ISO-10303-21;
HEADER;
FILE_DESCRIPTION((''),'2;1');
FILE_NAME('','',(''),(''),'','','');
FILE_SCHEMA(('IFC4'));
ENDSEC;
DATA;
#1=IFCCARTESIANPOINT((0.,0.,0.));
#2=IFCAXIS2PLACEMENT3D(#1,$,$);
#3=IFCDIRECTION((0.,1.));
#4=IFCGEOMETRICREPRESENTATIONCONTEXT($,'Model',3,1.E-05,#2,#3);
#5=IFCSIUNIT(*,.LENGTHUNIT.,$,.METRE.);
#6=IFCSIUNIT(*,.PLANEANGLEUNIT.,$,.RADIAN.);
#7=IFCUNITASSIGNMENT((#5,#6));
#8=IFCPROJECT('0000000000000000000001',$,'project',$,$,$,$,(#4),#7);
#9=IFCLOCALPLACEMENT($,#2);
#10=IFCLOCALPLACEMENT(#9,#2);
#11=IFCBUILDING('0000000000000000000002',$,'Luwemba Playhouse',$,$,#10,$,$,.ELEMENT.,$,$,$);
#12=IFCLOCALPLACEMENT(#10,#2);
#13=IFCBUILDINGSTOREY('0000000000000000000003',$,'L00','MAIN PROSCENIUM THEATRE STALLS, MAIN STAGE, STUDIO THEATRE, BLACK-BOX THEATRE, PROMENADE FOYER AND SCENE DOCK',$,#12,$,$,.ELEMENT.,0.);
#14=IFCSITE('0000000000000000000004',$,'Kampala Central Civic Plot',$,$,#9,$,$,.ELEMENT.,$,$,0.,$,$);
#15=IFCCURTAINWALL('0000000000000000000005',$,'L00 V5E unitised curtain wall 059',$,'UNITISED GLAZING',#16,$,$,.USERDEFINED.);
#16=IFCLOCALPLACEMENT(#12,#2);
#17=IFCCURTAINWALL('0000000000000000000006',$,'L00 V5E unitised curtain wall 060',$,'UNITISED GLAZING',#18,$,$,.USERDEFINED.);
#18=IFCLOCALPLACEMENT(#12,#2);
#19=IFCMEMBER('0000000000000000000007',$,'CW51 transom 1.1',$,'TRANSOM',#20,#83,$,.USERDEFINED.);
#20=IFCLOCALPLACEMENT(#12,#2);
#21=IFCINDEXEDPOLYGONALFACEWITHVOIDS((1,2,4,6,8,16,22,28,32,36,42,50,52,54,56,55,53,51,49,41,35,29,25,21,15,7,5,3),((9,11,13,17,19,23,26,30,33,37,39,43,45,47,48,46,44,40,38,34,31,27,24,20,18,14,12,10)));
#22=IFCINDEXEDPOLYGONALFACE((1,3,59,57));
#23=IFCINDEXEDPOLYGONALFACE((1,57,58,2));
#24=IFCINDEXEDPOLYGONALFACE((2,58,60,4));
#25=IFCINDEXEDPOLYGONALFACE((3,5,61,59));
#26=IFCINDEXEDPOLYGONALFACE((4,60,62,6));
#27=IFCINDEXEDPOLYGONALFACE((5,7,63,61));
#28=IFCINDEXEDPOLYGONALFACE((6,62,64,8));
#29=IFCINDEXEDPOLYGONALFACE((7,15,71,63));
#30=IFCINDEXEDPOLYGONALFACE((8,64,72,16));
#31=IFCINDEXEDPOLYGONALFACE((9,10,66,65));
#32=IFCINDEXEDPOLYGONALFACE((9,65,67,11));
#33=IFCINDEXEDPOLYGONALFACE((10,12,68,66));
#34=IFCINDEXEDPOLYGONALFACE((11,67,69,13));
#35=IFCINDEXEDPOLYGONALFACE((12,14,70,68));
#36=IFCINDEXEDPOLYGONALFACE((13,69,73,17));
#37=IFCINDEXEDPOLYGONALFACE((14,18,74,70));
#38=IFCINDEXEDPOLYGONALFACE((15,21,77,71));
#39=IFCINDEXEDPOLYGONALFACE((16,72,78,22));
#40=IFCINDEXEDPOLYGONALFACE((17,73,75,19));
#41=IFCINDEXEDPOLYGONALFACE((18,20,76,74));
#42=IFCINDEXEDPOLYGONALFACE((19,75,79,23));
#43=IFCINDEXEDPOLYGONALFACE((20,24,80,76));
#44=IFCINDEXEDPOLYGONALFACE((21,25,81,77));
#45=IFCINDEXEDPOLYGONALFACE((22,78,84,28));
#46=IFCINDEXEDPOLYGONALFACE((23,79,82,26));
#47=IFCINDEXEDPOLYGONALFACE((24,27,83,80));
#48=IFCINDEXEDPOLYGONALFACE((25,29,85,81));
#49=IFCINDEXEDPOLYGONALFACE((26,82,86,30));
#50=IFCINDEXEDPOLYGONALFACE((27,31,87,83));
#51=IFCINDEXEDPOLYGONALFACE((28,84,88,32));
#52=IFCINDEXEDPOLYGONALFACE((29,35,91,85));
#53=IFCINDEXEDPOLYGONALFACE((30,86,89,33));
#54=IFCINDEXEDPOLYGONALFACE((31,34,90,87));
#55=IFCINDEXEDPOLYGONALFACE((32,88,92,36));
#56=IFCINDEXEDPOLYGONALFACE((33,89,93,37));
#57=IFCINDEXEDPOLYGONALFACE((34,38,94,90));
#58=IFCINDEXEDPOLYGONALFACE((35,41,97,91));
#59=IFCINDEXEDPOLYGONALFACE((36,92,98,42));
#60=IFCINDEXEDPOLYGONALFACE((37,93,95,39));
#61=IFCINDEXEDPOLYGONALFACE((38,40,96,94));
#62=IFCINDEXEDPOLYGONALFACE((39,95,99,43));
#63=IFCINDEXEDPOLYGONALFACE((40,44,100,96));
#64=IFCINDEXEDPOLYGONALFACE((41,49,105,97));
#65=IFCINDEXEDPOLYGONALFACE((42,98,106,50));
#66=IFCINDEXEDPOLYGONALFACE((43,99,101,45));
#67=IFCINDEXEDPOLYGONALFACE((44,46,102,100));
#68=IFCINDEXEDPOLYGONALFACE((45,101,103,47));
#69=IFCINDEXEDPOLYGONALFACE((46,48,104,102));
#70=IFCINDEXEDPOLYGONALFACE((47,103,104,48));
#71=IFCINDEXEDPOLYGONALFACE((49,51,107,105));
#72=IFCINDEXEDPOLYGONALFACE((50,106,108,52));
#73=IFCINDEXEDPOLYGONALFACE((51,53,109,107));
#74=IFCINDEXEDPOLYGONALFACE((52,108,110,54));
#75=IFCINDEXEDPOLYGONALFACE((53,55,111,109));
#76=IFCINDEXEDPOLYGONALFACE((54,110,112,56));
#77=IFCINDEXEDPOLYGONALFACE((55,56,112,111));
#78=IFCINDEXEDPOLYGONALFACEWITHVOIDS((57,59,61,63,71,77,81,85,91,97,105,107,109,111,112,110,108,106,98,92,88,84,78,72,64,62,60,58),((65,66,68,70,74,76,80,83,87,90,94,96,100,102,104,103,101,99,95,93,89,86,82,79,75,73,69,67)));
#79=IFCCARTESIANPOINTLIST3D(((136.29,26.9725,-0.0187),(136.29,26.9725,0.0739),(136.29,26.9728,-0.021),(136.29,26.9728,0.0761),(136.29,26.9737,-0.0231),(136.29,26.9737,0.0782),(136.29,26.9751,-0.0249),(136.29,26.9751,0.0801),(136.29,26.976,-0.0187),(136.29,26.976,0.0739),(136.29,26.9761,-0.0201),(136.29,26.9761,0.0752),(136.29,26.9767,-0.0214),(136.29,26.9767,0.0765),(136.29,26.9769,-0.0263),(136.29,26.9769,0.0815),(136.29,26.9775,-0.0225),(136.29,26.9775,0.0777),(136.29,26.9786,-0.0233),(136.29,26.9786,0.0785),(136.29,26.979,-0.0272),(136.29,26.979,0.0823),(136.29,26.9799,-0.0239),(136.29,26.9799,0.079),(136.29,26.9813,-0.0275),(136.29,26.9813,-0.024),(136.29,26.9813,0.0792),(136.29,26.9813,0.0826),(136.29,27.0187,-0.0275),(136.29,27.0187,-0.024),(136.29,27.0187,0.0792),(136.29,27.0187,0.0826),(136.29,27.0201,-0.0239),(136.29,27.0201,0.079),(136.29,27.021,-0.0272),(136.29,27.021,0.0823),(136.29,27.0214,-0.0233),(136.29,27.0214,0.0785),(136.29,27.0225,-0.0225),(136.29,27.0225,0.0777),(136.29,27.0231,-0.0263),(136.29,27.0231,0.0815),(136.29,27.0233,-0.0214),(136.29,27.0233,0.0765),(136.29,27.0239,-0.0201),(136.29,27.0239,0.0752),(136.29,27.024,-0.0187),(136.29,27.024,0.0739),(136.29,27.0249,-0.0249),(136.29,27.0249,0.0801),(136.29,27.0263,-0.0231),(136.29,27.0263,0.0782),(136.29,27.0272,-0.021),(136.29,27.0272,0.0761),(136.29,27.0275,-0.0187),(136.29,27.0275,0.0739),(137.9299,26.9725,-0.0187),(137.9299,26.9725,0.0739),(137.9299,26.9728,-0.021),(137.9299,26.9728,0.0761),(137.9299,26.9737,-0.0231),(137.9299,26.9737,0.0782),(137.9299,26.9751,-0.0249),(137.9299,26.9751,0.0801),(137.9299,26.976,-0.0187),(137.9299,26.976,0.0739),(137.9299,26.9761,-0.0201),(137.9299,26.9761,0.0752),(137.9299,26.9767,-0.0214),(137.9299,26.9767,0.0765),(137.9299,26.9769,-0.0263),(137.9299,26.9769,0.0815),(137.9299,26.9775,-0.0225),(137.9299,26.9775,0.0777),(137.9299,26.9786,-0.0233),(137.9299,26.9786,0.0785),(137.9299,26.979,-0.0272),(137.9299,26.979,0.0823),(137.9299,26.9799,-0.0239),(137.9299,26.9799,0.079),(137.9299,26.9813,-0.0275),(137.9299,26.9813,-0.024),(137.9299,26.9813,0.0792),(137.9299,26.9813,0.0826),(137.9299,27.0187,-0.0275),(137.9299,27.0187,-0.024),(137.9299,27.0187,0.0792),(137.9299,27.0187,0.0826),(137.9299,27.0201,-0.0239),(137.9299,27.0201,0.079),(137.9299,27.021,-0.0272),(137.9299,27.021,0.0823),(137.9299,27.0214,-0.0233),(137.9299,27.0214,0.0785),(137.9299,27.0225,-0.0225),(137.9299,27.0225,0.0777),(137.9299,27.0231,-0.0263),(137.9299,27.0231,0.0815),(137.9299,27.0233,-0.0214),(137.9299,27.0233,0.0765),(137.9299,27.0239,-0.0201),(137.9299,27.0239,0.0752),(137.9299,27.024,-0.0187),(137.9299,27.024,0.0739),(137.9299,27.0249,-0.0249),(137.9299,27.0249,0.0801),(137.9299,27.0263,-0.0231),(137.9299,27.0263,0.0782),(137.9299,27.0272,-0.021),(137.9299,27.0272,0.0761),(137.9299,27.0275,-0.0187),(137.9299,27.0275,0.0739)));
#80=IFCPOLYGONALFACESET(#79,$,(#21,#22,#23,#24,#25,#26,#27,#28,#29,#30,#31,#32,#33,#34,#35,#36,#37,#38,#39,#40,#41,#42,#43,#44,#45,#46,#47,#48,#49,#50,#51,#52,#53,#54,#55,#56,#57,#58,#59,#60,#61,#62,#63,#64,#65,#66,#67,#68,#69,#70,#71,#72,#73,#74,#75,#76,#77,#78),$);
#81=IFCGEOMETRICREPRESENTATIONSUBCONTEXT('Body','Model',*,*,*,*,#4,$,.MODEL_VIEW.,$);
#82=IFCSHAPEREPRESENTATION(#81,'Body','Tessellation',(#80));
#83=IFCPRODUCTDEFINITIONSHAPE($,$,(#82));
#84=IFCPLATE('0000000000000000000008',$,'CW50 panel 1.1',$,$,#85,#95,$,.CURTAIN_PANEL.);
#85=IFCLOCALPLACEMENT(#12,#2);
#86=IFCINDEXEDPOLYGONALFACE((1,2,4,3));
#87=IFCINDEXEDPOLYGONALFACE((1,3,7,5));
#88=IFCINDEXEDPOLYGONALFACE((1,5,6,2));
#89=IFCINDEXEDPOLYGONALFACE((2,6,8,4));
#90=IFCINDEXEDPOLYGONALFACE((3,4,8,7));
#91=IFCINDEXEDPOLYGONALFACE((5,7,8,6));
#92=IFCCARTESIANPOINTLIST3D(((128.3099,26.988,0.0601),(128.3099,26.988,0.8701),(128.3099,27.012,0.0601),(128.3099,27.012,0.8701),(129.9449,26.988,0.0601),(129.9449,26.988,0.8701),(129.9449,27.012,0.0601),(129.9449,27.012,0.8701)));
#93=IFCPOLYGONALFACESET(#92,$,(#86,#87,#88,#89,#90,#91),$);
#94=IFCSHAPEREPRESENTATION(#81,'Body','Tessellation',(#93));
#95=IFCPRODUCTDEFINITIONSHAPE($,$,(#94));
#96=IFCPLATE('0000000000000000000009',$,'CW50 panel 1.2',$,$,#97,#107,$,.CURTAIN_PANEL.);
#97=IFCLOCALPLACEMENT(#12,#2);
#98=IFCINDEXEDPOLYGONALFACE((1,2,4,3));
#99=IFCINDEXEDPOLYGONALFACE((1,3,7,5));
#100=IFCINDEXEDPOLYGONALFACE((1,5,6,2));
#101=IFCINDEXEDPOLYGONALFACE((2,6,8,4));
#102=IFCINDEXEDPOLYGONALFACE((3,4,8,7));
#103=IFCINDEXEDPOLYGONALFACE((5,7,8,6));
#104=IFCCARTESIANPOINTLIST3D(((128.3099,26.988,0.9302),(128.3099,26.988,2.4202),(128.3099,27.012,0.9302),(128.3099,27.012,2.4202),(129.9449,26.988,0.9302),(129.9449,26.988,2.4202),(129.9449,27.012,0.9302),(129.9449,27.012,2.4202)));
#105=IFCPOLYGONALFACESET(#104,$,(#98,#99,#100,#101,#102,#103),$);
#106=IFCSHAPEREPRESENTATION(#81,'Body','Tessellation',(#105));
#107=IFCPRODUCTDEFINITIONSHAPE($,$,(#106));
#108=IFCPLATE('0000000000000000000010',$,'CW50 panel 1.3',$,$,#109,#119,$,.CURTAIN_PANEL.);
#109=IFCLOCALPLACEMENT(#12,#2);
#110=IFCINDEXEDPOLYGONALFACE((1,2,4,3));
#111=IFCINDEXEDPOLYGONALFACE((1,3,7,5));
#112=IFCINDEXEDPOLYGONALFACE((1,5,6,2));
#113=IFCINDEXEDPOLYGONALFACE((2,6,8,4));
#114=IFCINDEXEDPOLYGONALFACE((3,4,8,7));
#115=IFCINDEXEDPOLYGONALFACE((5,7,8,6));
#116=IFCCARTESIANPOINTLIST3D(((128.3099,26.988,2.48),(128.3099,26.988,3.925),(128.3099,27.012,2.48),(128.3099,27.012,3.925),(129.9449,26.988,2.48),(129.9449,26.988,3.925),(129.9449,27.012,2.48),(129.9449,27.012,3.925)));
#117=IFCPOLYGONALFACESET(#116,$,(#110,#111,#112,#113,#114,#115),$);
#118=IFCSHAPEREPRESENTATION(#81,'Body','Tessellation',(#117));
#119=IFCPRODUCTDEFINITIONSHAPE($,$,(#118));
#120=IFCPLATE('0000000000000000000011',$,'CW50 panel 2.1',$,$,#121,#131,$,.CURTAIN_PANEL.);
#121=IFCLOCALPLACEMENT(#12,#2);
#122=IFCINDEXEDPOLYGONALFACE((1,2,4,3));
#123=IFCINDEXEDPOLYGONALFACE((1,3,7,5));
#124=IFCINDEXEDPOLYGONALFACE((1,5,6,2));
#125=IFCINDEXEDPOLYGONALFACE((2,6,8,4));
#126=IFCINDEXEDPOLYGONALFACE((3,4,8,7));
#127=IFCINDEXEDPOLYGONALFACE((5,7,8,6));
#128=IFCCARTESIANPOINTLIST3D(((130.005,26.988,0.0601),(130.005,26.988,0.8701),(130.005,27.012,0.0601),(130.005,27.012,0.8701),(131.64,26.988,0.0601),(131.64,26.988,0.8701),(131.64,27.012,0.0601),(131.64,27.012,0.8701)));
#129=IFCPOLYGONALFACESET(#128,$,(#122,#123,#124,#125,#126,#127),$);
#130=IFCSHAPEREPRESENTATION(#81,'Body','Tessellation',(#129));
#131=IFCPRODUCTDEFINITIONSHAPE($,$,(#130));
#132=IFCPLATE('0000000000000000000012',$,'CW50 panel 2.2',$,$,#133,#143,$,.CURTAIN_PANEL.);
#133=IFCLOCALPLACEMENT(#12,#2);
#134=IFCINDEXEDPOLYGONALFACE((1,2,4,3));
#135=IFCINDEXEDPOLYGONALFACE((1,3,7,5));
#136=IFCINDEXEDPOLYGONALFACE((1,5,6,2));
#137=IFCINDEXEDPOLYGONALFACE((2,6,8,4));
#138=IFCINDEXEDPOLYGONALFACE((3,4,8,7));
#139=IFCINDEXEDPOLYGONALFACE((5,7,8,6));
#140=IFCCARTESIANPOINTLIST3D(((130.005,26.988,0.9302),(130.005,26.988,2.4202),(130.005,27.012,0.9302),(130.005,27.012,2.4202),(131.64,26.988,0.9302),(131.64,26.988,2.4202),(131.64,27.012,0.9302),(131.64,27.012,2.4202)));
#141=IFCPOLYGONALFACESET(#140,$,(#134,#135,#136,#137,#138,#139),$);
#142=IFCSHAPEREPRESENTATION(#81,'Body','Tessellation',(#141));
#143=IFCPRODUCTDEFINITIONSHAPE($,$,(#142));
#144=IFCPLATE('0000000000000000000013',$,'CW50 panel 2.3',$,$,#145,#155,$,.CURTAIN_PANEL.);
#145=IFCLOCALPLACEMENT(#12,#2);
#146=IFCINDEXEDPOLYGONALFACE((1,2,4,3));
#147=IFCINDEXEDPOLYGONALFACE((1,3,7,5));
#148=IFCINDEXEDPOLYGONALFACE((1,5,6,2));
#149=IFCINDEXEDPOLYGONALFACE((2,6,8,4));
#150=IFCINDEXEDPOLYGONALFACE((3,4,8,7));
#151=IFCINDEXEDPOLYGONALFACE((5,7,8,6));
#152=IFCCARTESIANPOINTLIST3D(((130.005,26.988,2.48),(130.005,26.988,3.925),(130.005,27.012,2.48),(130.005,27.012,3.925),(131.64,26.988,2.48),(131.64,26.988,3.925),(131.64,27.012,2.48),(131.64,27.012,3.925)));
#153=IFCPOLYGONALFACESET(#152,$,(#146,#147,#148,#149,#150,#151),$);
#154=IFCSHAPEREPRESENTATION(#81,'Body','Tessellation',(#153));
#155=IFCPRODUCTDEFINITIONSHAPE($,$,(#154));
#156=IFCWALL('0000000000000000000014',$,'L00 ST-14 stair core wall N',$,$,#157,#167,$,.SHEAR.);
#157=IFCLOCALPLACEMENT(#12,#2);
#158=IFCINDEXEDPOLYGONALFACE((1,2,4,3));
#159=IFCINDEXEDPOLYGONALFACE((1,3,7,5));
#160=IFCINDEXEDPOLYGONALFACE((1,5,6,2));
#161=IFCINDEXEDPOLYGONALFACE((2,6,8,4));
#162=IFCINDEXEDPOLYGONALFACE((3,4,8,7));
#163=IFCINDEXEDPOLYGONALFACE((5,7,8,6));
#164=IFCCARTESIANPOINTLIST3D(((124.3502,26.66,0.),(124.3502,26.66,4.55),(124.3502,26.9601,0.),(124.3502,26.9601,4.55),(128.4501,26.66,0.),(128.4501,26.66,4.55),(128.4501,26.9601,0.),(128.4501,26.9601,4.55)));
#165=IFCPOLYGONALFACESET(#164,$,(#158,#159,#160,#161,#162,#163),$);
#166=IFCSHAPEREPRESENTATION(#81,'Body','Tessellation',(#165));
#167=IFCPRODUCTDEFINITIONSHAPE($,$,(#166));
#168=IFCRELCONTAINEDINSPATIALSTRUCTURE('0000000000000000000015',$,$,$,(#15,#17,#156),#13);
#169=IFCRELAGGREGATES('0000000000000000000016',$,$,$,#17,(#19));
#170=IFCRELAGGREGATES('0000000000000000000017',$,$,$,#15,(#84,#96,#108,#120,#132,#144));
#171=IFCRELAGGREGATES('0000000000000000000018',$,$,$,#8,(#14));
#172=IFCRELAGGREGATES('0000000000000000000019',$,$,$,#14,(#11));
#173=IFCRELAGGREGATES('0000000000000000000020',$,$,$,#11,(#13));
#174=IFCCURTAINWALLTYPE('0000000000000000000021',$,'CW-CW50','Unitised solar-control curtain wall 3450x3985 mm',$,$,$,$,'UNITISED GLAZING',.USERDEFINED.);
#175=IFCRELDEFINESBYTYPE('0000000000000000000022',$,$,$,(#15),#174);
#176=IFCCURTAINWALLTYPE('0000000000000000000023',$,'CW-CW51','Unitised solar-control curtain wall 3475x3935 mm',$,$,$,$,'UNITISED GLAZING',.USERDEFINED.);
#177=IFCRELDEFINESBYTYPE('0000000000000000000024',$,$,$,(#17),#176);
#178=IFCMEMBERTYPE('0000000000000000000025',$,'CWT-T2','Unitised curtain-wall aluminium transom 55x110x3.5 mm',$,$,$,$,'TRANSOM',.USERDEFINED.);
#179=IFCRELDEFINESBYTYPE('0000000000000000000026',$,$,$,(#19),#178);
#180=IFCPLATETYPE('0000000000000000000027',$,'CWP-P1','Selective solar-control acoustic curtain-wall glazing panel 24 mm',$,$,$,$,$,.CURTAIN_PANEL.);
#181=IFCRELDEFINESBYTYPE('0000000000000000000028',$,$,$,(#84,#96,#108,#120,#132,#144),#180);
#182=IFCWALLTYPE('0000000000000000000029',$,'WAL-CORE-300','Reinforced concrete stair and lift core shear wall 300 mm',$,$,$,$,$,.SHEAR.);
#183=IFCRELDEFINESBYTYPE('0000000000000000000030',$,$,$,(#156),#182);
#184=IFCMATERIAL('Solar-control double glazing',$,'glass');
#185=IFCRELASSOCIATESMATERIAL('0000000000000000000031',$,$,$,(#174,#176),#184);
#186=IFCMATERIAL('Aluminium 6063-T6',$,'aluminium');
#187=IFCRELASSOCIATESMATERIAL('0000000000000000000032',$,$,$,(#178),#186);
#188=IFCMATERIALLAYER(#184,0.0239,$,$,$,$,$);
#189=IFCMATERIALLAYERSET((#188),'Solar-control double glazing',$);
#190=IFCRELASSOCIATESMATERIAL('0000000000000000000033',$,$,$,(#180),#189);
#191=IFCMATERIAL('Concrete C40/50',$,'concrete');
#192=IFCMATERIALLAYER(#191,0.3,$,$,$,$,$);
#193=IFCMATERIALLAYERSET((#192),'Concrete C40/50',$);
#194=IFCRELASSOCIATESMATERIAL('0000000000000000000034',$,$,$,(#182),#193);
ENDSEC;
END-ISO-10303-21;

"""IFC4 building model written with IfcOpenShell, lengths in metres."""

from ifc_helpers import new_model, si_unit, direction, frame, frame_2d, origin, origin_2d, place, context, subcontext, project, spatial, rectangle, hollow_rectangle, extrude, material, layer, layer_set, material_profile, profile_set, type_object, element, aggregate, save


model = new_model("IFC4")

# Units and contexts
model_context = context("Model", 3, precision=1e-05, world=origin(), true_north=direction((0.0, 1.0)))
body_context = subcontext(model_context, "Body", "Model", "MODEL_VIEW")
ifc_project = project(units=[si_unit("LENGTHUNIT", "METRE"), si_unit("PLANEANGLEUNIT", "RADIAN")], contexts=[model_context])

# Site, building, storey
site_placement = place(None, origin())
site = spatial("IfcSite", under=ifc_project, at=site_placement, Name="Kampala Central Civic Plot", CompositionType="ELEMENT", RefElevation=0.0)
building_placement = place(site_placement, origin())
building = spatial("IfcBuilding", under=site, at=building_placement, Name="Luwemba Playhouse", CompositionType="ELEMENT")
storey_placement = place(building_placement, origin())
storey = spatial("IfcBuildingStorey", under=building, at=storey_placement, Name="L00", Description="MAIN PROSCENIUM THEATRE STALLS, MAIN STAGE, STUDIO THEATRE, BLACK-BOX THEATRE, PROMENADE FOYER AND SCENE DOCK", CompositionType="ELEMENT", Elevation=0.0)

# Shared definitions
ifc_material_1 = material(Name="Concrete C40/50", Category="concrete")

# Curtain wall
ifc_material_2 = material(Name="Solar-control double glazing", Category="glass")
curtain_wall_type_1 = type_object("IfcCurtainWallType", Name="CW-CW50", Description="Unitised solar-control curtain wall 3450x3985 mm", ElementType="UNITISED GLAZING", PredefinedType="USERDEFINED", material=ifc_material_2)
curtain_wall_1_placement = place(storey_placement, origin())
curtain_wall_1 = element("IfcCurtainWall", 1, at=curtain_wall_1_placement, inside=storey, type_object=curtain_wall_type_1, Name="L00 V5E unitised curtain wall 059", ObjectType="UNITISED GLAZING", PredefinedType="USERDEFINED")
ifc_material_3 = material(Name="Aluminium 6063-T6", Category="aluminium")

# Curtain wall
curtain_wall_type_2 = type_object("IfcCurtainWallType", Name="CW-CW51", Description="Unitised solar-control curtain wall 3475x3935 mm", ElementType="UNITISED GLAZING", PredefinedType="USERDEFINED", material=ifc_material_2)
curtain_wall_2_placement = place(storey_placement, origin())
curtain_wall_2 = element("IfcCurtainWall", 2, at=curtain_wall_2_placement, inside=storey, type_object=curtain_wall_type_2, Name="L00 V5E unitised curtain wall 060", ObjectType="UNITISED GLAZING", PredefinedType="USERDEFINED")

# Member
ifc_material_profile_1 = material_profile(ifc_material_3, hollow_rectangle(XDim=0.0549, YDim=0.1101, WallThickness=0.0034, InnerFilletRadius=0.0054, OuterFilletRadius=0.0088, at=origin_2d()))
ifc_profile_set_1 = profile_set([ifc_material_profile_1], Name="Aluminium 6063-T6")
member_type_1 = type_object("IfcMemberType", Name="CWT-T2", Description="Unitised curtain-wall aluminium transom 55x110x3.5 mm", ElementType="TRANSOM", PredefinedType="USERDEFINED", material=ifc_profile_set_1)
member_1_placement = place(storey_placement, frame((136.29, 27.0, 0.0276), z_axis=(1.0, 0.0, 0.0), x_axis=(0.0, 1.0, 0.0)))
member_1 = element("IfcMember", 3, at=member_1_placement, type_object=member_type_1, Name="CW51 transom 1.1", ObjectType="TRANSOM", PredefinedType="USERDEFINED", context=body_context, shape_type="SweptSolid", body=[
    extrude(hollow_rectangle(XDim=0.0549, YDim=0.1101, WallThickness=0.0034, InnerFilletRadius=0.0054, OuterFilletRadius=0.0088, at=origin_2d()), origin(), (0.0, 0.0, 1.0), 1.6399),
])
aggregate(curtain_wall_2, [member_1])

# Plates
ifc_layer_1 = layer(ifc_material_2, 0.0239)
ifc_layer_set_1 = layer_set([ifc_layer_1], Name="Solar-control double glazing")
plate_type = type_object("IfcPlateType", Name="CWP-P1", Description="Selective solar-control acoustic curtain-wall glazing panel 24 mm", PredefinedType="CURTAIN_PANEL", material=ifc_layer_set_1)
plate_1_placement = place(storey_placement, frame((129.1274, 27.0, 0.0601), z_axis=(0.0, 0.0, 1.0), x_axis=(1.0, 0.0, 0.0)))
plate_1 = element("IfcPlate", 4, at=plate_1_placement, type_object=plate_type, Name="CW50 panel 1.1", PredefinedType="CURTAIN_PANEL", context=body_context, shape_type="SweptSolid", body=[
    extrude(rectangle(XDim=1.635, YDim=0.0239, at=origin_2d()), origin(), (0.0, 0.0, 1.0), 0.8101),
])
plate_2_placement = place(storey_placement, frame((129.1274, 27.0, 0.9302), z_axis=(0.0, 0.0, 1.0), x_axis=(1.0, 0.0, 0.0)))
plate_2 = element("IfcPlate", 5, at=plate_2_placement, type_object=plate_type, Name="CW50 panel 1.2", PredefinedType="CURTAIN_PANEL", context=body_context, shape_type="SweptSolid", body=[
    extrude(rectangle(XDim=1.635, YDim=0.0239, at=origin_2d()), origin(), (0.0, 0.0, 1.0), 1.49),
])
plate_3_placement = place(storey_placement, frame((129.1274, 27.0, 2.48), z_axis=(0.0, 0.0, 1.0), x_axis=(1.0, 0.0, 0.0)))
plate_3 = element("IfcPlate", 6, at=plate_3_placement, type_object=plate_type, Name="CW50 panel 1.3", PredefinedType="CURTAIN_PANEL", context=body_context, shape_type="SweptSolid", body=[
    extrude(rectangle(XDim=1.635, YDim=0.0239, at=origin_2d()), origin(), (0.0, 0.0, 1.0), 1.4451),
])
plate_4_placement = place(storey_placement, frame((130.8225, 27.0, 0.0601), z_axis=(0.0, 0.0, 1.0), x_axis=(1.0, 0.0, 0.0)))
plate_4 = element("IfcPlate", 7, at=plate_4_placement, type_object=plate_type, Name="CW50 panel 2.1", PredefinedType="CURTAIN_PANEL", context=body_context, shape_type="SweptSolid", body=[
    extrude(rectangle(XDim=1.635, YDim=0.0239, at=origin_2d()), origin(), (0.0, 0.0, 1.0), 0.8101),
])
plate_5_placement = place(storey_placement, frame((130.8225, 27.0, 0.9302), z_axis=(0.0, 0.0, 1.0), x_axis=(1.0, 0.0, 0.0)))
plate_5 = element("IfcPlate", 8, at=plate_5_placement, type_object=plate_type, Name="CW50 panel 2.2", PredefinedType="CURTAIN_PANEL", context=body_context, shape_type="SweptSolid", body=[
    extrude(rectangle(XDim=1.635, YDim=0.0239, at=origin_2d()), origin(), (0.0, 0.0, 1.0), 1.49),
])
plate_6_placement = place(storey_placement, frame((130.8225, 27.0, 2.48), z_axis=(0.0, 0.0, 1.0), x_axis=(1.0, 0.0, 0.0)))
plate_6 = element("IfcPlate", 9, at=plate_6_placement, type_object=plate_type, Name="CW50 panel 2.3", PredefinedType="CURTAIN_PANEL", context=body_context, shape_type="SweptSolid", body=[
    extrude(rectangle(XDim=1.635, YDim=0.0239, at=origin_2d()), origin(), (0.0, 0.0, 1.0), 1.4451),
])
aggregate(curtain_wall_1, [plate_1, plate_2, plate_3, plate_4, plate_5, plate_6])

# Wall
ifc_layer_2 = layer(ifc_material_1, 0.3)
ifc_layer_set_2 = layer_set([ifc_layer_2], Name="Concrete C40/50")
wall_type_1 = type_object("IfcWallType", Name="WAL-CORE-300", Description="Reinforced concrete stair and lift core shear wall 300 mm", PredefinedType="SHEAR", material=ifc_layer_set_2)
wall_1_placement = place(storey_placement, frame((128.45, 26.8101, 0.0), z_axis=(0.0, 0.0, 1.0), x_axis=(-1.0, 0.0, 0.0)))
element("IfcWall", 10, at=wall_1_placement, inside=storey, type_object=wall_type_1, Name="L00 ST-14 stair core wall N", PredefinedType="SHEAR", context=body_context, shape_type="SweptSolid", body=[
    extrude(rectangle(XDim=4.0999, YDim=0.3, at=frame_2d((2.0498, 0.0))), origin(), (0.0, 0.0, 1.0), 4.55),
])

save(model, "model.ifc")
